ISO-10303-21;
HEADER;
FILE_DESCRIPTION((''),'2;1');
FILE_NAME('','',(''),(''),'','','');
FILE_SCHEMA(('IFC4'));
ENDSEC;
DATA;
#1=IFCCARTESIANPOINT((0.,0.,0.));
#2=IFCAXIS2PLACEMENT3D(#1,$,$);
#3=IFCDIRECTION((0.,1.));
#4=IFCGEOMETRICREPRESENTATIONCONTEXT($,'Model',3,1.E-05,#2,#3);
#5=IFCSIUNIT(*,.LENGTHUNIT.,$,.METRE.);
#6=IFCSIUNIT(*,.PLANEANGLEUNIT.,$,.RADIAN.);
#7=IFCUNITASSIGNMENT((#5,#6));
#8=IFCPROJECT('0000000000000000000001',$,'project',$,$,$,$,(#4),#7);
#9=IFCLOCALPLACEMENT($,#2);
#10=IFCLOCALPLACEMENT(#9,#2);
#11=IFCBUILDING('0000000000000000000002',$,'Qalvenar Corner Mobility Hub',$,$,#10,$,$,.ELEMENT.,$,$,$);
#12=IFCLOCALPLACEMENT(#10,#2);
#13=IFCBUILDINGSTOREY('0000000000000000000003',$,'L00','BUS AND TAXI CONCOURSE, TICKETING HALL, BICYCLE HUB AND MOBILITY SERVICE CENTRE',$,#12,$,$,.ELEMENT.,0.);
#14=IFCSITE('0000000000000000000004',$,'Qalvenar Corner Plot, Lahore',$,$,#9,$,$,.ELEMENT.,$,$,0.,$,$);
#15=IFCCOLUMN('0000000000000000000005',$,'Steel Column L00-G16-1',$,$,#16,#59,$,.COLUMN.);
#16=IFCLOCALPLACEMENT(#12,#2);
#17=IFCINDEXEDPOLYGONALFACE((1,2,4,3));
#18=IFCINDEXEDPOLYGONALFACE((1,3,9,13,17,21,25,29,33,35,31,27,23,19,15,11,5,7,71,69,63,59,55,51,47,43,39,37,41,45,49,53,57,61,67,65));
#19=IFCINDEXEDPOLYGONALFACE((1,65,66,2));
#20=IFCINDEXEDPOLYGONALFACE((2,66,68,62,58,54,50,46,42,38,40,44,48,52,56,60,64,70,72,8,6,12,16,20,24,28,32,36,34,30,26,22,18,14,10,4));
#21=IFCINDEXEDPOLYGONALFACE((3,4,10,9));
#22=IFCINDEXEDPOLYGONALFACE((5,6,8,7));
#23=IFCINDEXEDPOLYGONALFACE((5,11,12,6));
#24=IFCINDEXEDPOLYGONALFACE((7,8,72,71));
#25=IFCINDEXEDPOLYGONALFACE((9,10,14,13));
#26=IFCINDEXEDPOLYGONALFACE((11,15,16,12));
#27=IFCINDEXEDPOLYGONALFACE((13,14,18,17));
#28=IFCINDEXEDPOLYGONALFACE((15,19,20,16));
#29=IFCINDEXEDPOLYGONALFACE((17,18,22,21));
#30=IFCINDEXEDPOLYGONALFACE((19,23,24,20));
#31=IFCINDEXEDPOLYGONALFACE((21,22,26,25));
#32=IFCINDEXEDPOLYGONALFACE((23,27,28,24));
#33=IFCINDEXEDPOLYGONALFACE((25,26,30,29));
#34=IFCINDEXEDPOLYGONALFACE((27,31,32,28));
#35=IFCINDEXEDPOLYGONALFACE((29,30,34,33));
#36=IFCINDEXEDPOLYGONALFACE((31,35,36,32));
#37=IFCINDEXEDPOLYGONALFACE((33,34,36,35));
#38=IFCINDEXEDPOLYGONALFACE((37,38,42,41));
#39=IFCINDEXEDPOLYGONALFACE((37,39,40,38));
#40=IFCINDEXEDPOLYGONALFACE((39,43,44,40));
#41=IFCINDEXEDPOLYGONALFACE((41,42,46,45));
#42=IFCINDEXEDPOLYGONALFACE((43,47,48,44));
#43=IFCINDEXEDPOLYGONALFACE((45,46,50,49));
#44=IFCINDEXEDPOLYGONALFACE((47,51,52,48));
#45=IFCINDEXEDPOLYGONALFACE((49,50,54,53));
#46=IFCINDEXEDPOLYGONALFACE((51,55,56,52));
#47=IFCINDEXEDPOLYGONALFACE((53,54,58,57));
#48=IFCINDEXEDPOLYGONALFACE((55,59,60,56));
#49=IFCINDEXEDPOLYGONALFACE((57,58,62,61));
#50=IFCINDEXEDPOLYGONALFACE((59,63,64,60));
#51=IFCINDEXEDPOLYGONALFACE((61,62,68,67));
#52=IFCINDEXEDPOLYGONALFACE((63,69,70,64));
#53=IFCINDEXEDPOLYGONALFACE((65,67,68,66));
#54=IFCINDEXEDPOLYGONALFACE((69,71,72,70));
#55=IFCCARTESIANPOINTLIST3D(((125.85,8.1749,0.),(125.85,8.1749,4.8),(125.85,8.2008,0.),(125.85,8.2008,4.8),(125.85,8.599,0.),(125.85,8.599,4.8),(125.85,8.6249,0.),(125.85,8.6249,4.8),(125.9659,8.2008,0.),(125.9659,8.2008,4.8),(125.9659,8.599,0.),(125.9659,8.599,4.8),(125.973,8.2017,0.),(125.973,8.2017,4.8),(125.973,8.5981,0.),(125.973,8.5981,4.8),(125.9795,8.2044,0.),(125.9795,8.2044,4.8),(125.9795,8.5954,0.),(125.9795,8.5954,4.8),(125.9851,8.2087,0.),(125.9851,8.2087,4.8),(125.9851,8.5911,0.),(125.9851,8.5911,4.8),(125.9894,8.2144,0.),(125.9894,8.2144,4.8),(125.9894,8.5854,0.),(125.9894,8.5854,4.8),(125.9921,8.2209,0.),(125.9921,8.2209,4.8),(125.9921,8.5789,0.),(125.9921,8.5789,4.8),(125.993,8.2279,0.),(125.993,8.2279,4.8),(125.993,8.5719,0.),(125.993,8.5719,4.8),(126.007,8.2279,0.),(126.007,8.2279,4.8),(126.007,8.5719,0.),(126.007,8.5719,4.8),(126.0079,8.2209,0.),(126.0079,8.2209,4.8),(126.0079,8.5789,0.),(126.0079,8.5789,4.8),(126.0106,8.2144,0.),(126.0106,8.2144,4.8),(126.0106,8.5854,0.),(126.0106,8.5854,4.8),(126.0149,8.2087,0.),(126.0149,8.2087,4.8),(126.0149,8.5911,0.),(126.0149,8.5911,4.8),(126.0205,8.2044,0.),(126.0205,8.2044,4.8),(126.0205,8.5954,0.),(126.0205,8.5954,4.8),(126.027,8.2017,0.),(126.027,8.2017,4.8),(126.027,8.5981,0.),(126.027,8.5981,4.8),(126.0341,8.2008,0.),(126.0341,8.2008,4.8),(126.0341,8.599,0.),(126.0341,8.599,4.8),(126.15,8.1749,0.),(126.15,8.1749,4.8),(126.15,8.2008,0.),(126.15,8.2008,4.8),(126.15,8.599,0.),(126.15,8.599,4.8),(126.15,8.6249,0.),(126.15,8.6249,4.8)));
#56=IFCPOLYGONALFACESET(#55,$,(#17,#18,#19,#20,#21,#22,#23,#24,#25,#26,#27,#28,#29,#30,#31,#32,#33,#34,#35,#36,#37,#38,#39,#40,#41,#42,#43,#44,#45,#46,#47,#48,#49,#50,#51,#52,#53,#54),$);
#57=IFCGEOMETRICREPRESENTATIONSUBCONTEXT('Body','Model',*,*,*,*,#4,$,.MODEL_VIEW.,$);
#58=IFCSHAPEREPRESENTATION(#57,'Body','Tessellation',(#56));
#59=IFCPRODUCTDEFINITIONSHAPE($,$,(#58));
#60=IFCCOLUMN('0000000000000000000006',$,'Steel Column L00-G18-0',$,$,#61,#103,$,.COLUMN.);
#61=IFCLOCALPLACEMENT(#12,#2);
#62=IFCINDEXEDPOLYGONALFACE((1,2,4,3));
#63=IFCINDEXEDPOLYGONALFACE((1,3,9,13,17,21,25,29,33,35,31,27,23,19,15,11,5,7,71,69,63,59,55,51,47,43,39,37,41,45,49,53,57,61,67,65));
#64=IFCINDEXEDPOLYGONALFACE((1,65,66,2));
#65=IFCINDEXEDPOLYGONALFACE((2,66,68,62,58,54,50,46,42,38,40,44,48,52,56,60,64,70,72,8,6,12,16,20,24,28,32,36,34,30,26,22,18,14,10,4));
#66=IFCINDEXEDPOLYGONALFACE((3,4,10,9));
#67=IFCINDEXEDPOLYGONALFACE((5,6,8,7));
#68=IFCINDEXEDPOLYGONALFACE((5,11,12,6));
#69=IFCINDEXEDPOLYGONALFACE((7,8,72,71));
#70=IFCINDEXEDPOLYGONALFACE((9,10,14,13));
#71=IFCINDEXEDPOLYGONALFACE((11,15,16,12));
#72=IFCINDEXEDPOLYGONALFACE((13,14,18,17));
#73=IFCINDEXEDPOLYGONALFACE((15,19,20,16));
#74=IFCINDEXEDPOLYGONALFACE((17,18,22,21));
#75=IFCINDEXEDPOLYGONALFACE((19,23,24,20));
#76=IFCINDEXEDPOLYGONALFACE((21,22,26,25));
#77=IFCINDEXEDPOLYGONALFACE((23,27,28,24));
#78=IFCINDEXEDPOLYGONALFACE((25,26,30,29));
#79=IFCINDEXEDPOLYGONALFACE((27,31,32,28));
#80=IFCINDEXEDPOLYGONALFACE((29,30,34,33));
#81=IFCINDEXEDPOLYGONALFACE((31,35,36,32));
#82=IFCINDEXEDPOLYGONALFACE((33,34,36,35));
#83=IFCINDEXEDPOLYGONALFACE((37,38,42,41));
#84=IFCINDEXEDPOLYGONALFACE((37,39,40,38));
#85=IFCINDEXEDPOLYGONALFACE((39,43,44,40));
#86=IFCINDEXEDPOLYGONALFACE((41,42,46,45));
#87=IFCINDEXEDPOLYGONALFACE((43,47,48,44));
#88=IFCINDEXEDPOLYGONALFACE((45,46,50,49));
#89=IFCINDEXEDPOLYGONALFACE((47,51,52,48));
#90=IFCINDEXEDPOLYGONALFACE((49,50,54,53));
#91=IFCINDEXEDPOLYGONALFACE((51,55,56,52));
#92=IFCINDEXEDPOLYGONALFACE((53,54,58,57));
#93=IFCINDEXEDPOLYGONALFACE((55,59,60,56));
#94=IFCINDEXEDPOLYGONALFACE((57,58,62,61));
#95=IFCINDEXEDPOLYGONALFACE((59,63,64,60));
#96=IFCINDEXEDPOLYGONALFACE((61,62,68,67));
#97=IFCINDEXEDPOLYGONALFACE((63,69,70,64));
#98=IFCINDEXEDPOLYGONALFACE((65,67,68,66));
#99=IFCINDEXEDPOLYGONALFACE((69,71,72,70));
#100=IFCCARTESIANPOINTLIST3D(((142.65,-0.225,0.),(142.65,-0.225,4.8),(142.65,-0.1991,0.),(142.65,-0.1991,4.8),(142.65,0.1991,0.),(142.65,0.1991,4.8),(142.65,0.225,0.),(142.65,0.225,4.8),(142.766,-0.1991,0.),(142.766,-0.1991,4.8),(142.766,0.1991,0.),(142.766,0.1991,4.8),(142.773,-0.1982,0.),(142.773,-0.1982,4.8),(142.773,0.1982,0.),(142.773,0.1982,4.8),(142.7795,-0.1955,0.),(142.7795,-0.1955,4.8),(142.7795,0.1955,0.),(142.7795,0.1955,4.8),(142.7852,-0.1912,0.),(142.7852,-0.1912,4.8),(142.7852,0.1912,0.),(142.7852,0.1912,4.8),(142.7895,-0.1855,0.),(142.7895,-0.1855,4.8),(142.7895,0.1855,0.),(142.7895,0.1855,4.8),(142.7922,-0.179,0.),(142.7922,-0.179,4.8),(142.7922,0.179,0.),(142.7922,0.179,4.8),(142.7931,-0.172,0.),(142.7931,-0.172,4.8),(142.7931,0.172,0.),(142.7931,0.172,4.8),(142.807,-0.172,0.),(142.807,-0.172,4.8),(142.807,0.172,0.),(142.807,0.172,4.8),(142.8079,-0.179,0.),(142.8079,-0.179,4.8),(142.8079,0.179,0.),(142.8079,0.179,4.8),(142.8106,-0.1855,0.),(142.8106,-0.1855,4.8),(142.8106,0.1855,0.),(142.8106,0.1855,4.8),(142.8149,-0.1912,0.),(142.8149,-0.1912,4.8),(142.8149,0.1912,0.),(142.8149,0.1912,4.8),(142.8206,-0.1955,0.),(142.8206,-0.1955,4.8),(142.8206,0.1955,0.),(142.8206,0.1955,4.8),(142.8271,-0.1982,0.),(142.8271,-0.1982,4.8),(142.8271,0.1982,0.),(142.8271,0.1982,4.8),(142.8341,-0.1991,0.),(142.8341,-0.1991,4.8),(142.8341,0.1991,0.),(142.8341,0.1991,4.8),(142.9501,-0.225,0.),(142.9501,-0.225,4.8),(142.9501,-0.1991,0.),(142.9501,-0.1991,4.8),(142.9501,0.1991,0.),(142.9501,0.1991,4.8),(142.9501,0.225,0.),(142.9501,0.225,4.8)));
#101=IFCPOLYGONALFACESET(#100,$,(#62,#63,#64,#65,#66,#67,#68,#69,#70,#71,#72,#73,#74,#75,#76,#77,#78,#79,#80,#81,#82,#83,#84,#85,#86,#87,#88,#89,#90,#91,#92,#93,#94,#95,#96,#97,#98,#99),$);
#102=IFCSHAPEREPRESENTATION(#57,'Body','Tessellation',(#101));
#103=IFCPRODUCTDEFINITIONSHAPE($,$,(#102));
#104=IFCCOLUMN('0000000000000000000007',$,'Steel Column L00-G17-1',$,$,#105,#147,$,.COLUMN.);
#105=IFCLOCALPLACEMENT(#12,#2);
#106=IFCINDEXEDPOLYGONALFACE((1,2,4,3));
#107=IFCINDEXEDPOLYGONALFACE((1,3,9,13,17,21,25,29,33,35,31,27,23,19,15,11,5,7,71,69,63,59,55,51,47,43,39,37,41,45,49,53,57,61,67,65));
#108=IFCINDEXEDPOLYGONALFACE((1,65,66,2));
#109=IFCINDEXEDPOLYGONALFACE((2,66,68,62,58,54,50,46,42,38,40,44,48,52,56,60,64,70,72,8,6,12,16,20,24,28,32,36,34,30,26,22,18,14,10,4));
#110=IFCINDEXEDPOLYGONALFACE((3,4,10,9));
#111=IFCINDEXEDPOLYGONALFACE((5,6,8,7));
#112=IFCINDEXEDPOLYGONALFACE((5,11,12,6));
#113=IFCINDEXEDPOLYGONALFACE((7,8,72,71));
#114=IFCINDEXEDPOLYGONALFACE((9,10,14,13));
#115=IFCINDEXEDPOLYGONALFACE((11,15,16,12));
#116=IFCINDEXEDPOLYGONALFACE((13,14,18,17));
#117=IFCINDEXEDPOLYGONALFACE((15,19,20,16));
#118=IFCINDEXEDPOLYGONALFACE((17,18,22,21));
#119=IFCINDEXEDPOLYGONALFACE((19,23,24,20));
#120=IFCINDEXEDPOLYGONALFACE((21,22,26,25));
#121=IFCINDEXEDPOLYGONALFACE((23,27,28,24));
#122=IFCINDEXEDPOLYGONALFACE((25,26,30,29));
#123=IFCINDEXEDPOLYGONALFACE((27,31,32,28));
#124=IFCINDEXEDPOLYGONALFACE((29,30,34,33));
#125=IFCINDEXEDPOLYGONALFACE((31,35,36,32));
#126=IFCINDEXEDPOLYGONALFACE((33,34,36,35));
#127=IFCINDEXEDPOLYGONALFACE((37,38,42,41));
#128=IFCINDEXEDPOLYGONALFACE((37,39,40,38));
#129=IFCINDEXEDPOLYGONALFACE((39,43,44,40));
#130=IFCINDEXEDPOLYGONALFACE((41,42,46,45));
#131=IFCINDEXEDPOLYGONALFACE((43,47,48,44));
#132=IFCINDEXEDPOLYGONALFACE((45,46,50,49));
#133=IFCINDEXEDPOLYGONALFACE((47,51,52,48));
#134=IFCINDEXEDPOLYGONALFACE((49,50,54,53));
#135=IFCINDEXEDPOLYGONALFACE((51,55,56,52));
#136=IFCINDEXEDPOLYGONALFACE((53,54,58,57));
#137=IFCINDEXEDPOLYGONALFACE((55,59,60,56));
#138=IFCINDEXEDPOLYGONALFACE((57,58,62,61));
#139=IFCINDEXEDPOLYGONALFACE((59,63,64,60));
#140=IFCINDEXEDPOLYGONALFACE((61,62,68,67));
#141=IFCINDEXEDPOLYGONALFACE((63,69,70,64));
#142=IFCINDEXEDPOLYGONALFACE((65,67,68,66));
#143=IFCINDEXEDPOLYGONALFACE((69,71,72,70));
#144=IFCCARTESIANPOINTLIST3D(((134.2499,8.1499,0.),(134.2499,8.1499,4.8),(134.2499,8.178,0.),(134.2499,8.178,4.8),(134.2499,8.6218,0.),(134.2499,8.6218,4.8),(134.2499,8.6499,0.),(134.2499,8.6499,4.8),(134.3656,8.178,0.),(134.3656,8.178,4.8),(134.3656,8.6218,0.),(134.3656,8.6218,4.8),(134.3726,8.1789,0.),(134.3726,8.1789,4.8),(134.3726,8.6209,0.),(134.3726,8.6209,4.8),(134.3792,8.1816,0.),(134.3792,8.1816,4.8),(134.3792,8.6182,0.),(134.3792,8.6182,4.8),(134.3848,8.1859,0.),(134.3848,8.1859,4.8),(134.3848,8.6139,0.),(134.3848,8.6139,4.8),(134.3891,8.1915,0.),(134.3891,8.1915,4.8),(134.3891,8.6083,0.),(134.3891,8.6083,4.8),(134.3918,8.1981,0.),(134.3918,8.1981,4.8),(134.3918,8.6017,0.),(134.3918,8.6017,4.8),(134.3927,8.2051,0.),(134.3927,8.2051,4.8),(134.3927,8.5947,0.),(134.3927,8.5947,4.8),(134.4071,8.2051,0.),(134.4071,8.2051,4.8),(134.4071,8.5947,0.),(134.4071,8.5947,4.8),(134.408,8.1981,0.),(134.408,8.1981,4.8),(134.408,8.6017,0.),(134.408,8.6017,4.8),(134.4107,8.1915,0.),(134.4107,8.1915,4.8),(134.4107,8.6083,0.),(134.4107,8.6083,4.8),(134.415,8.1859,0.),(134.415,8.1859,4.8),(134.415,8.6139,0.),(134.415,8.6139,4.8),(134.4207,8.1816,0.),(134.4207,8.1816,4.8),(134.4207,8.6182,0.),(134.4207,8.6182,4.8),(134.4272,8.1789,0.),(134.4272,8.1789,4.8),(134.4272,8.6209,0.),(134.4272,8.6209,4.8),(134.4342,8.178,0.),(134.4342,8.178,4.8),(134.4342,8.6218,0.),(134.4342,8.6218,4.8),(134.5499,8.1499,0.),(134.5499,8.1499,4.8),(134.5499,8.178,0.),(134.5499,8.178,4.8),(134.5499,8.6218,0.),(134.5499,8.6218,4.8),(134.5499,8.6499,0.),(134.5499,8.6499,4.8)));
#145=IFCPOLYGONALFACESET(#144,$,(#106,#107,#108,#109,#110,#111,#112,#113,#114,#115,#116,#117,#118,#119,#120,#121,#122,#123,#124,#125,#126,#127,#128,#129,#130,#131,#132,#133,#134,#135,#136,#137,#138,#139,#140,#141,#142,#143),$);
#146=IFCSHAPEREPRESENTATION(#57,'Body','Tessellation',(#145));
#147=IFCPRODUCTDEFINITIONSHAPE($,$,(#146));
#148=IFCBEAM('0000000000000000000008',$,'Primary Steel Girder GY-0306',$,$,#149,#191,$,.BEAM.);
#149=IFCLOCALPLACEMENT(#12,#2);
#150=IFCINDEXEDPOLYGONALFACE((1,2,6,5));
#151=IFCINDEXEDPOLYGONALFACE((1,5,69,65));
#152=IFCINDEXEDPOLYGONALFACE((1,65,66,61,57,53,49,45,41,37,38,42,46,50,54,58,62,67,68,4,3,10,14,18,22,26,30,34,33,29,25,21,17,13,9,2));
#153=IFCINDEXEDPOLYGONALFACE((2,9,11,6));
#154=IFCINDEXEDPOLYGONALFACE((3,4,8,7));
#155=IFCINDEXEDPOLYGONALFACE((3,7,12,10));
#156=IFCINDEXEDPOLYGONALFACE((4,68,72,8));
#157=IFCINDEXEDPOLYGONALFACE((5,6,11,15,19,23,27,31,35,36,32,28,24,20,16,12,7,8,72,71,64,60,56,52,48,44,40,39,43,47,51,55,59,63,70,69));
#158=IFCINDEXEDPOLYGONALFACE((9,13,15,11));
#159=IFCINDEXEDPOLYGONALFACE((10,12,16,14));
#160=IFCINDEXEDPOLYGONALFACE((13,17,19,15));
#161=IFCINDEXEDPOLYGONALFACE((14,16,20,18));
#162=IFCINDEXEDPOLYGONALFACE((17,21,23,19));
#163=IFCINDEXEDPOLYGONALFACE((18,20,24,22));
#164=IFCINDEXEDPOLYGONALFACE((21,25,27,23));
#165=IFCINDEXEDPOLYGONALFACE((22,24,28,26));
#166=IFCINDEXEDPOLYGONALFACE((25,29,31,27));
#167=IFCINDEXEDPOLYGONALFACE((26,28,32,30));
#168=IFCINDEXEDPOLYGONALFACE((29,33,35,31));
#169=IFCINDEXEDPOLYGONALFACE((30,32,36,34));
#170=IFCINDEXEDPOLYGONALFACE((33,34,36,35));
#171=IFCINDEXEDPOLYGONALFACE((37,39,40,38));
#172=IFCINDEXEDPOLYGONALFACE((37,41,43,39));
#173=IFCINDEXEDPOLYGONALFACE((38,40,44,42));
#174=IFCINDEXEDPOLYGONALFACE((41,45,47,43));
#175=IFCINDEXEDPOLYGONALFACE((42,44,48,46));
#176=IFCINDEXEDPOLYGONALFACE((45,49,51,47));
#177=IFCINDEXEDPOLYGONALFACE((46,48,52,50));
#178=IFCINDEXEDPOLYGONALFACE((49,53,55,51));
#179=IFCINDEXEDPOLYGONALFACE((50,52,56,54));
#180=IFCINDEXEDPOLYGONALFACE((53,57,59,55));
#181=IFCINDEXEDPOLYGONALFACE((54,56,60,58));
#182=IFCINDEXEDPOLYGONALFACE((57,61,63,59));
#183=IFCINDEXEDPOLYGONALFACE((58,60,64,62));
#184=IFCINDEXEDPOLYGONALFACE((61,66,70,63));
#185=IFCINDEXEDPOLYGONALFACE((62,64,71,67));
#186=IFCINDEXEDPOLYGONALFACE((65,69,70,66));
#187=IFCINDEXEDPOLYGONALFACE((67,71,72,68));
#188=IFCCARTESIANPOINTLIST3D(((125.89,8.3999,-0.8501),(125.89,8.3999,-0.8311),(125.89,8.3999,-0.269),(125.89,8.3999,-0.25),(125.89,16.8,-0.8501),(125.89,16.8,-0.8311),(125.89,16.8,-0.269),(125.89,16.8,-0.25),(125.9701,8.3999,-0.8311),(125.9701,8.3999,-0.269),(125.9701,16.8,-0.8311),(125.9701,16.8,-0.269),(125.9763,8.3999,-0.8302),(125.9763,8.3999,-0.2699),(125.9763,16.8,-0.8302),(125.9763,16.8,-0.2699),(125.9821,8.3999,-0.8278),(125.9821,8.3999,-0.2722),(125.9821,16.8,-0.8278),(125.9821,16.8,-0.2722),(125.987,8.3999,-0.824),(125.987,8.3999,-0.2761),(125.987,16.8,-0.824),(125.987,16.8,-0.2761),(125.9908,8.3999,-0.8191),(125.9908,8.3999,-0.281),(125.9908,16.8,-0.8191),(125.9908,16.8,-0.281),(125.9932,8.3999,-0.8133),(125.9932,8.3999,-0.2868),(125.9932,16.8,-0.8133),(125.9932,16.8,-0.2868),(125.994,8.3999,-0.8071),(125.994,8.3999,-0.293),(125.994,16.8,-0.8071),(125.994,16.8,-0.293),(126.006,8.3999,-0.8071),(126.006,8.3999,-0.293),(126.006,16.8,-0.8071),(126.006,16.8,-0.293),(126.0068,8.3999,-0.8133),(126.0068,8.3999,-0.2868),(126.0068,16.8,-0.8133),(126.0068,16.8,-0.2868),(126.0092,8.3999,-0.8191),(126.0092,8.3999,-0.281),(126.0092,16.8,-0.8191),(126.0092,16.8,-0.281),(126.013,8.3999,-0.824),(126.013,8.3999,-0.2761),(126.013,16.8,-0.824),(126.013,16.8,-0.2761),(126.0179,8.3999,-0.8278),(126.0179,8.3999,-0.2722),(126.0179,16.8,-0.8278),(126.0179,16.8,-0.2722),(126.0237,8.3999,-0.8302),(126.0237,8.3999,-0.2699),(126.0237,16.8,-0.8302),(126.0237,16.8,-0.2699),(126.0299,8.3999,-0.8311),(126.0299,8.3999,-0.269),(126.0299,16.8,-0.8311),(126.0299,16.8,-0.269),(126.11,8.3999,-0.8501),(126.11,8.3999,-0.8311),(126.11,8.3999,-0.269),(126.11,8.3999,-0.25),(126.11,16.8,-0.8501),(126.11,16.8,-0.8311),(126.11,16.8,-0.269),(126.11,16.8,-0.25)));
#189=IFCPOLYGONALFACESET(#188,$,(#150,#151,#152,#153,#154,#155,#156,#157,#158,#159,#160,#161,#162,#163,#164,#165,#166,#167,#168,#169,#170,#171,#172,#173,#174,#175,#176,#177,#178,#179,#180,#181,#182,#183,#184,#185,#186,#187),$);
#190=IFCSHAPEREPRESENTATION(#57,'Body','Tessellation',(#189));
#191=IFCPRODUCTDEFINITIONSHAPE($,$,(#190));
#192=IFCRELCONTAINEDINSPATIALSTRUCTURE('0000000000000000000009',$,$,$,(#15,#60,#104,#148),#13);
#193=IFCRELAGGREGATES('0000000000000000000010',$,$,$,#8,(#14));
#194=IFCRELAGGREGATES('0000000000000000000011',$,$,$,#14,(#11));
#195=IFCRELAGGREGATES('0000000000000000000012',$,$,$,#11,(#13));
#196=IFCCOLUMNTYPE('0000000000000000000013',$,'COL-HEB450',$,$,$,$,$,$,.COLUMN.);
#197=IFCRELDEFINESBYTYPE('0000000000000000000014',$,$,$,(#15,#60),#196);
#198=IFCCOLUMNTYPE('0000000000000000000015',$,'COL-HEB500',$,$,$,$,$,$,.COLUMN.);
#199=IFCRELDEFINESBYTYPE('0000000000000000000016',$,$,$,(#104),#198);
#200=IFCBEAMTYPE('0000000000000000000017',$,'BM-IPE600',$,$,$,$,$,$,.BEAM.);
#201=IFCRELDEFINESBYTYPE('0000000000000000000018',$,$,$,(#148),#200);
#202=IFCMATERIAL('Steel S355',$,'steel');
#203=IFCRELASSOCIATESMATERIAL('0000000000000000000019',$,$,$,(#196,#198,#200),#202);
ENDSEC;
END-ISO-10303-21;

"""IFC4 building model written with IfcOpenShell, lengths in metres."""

from ifc_helpers import new_model, si_unit, direction, frame, origin, origin_2d, place, context, subcontext, project, spatial, i_section, extrude, material, material_profile, profile_set, type_object, element, save


model = new_model("IFC4")

# Units and contexts
model_context = context("Model", 3, precision=1e-05, world=origin(), true_north=direction((0.0, 1.0)))
body_context = subcontext(model_context, "Body", "Model", "MODEL_VIEW")
ifc_project = project(units=[si_unit("LENGTHUNIT", "METRE"), si_unit("PLANEANGLEUNIT", "RADIAN")], contexts=[model_context])

# Site, building, storey
site_placement = place(None, origin())
site = spatial("IfcSite", under=ifc_project, at=site_placement, Name="Qalvenar Corner Plot, Lahore", CompositionType="ELEMENT", RefElevation=0.0)
building_placement = place(site_placement, origin())
building = spatial("IfcBuilding", under=site, at=building_placement, Name="Qalvenar Corner Mobility Hub", CompositionType="ELEMENT")
storey_placement = place(building_placement, origin())
storey = spatial("IfcBuildingStorey", under=building, at=storey_placement, Name="L00", Description="BUS AND TAXI CONCOURSE, TICKETING HALL, BICYCLE HUB AND MOBILITY SERVICE CENTRE", CompositionType="ELEMENT", Elevation=0.0)

# Columns
ifc_material_1 = material(Name="Steel S355", Category="steel")
ifc_material_profile_1 = material_profile(ifc_material_1, i_section(OverallWidth=0.3, OverallDepth=0.45, WebThickness=0.0139, FlangeThickness=0.0259, FilletRadius=0.0271, at=origin_2d()), Name="HEB450")
ifc_profile_set_1 = profile_set([ifc_material_profile_1], Name="Steel S355")
column_type_1 = type_object("IfcColumnType", Name="COL-HEB450", PredefinedType="COLUMN", material=ifc_profile_set_1)
for number, where, z_axis, x_axis, name in (
    (1, (126.0, 8.3999, 0.0), (0.0, 0.0, 1.0), (1.0, 0.0, 0.0), "Steel Column L00-G16-1"),
    (2, (142.8, 0.0, 0.0), (0.0, 0.0, 1.0), (1.0, 0.0, 0.0), "Steel Column L00-G18-0"),
):
    element("IfcColumn", number, at=place(storey_placement, frame(where, z_axis=z_axis, x_axis=x_axis)), inside=storey, type_object=column_type_1, Name=name, PredefinedType="COLUMN", context=body_context, shape_type="SweptSolid", body=[
        extrude(i_section(OverallWidth=0.3, OverallDepth=0.45, WebThickness=0.0139, FlangeThickness=0.0259, FilletRadius=0.0271, at=origin_2d()), origin(), (0.0, 0.0, 1.0), 4.8),
    ])
ifc_material_profile_2 = material_profile(ifc_material_1, i_section(OverallWidth=0.3, OverallDepth=0.5, WebThickness=0.0144, FlangeThickness=0.0281, FilletRadius=0.0271, at=origin_2d()), Name="HEB500")
ifc_profile_set_2 = profile_set([ifc_material_profile_2], Name="Steel S355")
column_type_2 = type_object("IfcColumnType", Name="COL-HEB500", PredefinedType="COLUMN", material=ifc_profile_set_2)
column_placement = place(storey_placement, frame((134.3999, 8.3999, 0.0), z_axis=(0.0, 0.0, 1.0), x_axis=(1.0, 0.0, 0.0)))
element("IfcColumn", 3, at=column_placement, inside=storey, type_object=column_type_2, Name="Steel Column L00-G17-1", PredefinedType="COLUMN", context=body_context, shape_type="SweptSolid", body=[
    extrude(i_section(OverallWidth=0.3, OverallDepth=0.5, WebThickness=0.0144, FlangeThickness=0.0281, FilletRadius=0.0271, at=origin_2d()), origin(), (0.0, 0.0, 1.0), 4.8),
])

# Beam
ifc_material_profile_3 = material_profile(ifc_material_1, i_section(OverallWidth=0.22, OverallDepth=0.6001, WebThickness=0.012, FlangeThickness=0.019, FilletRadius=0.0239, at=origin_2d()), Name="IPE600")
ifc_profile_set_3 = profile_set([ifc_material_profile_3], Name="Steel S355")
beam_type_1 = type_object("IfcBeamType", Name="BM-IPE600", PredefinedType="BEAM", material=ifc_profile_set_3)
for number, where, z_axis, x_axis, name in (
    (4, (126.0, 8.3999, -0.55), (0.0, 1.0, 0.0), (-1.0, 0.0, 0.0), "Primary Steel Girder GY-0306"),
):
    element("IfcBeam", number, at=place(storey_placement, frame(where, z_axis=z_axis, x_axis=x_axis)), inside=storey, type_object=beam_type_1, Name=name, PredefinedType="BEAM", context=body_context, shape_type="SweptSolid", body=[
        extrude(i_section(OverallWidth=0.22, OverallDepth=0.6001, WebThickness=0.012, FlangeThickness=0.019, FilletRadius=0.0239, at=origin_2d()), origin(), (0.0, 0.0, 1.0), 8.4001),
    ])

save(model, "model.ifc")
